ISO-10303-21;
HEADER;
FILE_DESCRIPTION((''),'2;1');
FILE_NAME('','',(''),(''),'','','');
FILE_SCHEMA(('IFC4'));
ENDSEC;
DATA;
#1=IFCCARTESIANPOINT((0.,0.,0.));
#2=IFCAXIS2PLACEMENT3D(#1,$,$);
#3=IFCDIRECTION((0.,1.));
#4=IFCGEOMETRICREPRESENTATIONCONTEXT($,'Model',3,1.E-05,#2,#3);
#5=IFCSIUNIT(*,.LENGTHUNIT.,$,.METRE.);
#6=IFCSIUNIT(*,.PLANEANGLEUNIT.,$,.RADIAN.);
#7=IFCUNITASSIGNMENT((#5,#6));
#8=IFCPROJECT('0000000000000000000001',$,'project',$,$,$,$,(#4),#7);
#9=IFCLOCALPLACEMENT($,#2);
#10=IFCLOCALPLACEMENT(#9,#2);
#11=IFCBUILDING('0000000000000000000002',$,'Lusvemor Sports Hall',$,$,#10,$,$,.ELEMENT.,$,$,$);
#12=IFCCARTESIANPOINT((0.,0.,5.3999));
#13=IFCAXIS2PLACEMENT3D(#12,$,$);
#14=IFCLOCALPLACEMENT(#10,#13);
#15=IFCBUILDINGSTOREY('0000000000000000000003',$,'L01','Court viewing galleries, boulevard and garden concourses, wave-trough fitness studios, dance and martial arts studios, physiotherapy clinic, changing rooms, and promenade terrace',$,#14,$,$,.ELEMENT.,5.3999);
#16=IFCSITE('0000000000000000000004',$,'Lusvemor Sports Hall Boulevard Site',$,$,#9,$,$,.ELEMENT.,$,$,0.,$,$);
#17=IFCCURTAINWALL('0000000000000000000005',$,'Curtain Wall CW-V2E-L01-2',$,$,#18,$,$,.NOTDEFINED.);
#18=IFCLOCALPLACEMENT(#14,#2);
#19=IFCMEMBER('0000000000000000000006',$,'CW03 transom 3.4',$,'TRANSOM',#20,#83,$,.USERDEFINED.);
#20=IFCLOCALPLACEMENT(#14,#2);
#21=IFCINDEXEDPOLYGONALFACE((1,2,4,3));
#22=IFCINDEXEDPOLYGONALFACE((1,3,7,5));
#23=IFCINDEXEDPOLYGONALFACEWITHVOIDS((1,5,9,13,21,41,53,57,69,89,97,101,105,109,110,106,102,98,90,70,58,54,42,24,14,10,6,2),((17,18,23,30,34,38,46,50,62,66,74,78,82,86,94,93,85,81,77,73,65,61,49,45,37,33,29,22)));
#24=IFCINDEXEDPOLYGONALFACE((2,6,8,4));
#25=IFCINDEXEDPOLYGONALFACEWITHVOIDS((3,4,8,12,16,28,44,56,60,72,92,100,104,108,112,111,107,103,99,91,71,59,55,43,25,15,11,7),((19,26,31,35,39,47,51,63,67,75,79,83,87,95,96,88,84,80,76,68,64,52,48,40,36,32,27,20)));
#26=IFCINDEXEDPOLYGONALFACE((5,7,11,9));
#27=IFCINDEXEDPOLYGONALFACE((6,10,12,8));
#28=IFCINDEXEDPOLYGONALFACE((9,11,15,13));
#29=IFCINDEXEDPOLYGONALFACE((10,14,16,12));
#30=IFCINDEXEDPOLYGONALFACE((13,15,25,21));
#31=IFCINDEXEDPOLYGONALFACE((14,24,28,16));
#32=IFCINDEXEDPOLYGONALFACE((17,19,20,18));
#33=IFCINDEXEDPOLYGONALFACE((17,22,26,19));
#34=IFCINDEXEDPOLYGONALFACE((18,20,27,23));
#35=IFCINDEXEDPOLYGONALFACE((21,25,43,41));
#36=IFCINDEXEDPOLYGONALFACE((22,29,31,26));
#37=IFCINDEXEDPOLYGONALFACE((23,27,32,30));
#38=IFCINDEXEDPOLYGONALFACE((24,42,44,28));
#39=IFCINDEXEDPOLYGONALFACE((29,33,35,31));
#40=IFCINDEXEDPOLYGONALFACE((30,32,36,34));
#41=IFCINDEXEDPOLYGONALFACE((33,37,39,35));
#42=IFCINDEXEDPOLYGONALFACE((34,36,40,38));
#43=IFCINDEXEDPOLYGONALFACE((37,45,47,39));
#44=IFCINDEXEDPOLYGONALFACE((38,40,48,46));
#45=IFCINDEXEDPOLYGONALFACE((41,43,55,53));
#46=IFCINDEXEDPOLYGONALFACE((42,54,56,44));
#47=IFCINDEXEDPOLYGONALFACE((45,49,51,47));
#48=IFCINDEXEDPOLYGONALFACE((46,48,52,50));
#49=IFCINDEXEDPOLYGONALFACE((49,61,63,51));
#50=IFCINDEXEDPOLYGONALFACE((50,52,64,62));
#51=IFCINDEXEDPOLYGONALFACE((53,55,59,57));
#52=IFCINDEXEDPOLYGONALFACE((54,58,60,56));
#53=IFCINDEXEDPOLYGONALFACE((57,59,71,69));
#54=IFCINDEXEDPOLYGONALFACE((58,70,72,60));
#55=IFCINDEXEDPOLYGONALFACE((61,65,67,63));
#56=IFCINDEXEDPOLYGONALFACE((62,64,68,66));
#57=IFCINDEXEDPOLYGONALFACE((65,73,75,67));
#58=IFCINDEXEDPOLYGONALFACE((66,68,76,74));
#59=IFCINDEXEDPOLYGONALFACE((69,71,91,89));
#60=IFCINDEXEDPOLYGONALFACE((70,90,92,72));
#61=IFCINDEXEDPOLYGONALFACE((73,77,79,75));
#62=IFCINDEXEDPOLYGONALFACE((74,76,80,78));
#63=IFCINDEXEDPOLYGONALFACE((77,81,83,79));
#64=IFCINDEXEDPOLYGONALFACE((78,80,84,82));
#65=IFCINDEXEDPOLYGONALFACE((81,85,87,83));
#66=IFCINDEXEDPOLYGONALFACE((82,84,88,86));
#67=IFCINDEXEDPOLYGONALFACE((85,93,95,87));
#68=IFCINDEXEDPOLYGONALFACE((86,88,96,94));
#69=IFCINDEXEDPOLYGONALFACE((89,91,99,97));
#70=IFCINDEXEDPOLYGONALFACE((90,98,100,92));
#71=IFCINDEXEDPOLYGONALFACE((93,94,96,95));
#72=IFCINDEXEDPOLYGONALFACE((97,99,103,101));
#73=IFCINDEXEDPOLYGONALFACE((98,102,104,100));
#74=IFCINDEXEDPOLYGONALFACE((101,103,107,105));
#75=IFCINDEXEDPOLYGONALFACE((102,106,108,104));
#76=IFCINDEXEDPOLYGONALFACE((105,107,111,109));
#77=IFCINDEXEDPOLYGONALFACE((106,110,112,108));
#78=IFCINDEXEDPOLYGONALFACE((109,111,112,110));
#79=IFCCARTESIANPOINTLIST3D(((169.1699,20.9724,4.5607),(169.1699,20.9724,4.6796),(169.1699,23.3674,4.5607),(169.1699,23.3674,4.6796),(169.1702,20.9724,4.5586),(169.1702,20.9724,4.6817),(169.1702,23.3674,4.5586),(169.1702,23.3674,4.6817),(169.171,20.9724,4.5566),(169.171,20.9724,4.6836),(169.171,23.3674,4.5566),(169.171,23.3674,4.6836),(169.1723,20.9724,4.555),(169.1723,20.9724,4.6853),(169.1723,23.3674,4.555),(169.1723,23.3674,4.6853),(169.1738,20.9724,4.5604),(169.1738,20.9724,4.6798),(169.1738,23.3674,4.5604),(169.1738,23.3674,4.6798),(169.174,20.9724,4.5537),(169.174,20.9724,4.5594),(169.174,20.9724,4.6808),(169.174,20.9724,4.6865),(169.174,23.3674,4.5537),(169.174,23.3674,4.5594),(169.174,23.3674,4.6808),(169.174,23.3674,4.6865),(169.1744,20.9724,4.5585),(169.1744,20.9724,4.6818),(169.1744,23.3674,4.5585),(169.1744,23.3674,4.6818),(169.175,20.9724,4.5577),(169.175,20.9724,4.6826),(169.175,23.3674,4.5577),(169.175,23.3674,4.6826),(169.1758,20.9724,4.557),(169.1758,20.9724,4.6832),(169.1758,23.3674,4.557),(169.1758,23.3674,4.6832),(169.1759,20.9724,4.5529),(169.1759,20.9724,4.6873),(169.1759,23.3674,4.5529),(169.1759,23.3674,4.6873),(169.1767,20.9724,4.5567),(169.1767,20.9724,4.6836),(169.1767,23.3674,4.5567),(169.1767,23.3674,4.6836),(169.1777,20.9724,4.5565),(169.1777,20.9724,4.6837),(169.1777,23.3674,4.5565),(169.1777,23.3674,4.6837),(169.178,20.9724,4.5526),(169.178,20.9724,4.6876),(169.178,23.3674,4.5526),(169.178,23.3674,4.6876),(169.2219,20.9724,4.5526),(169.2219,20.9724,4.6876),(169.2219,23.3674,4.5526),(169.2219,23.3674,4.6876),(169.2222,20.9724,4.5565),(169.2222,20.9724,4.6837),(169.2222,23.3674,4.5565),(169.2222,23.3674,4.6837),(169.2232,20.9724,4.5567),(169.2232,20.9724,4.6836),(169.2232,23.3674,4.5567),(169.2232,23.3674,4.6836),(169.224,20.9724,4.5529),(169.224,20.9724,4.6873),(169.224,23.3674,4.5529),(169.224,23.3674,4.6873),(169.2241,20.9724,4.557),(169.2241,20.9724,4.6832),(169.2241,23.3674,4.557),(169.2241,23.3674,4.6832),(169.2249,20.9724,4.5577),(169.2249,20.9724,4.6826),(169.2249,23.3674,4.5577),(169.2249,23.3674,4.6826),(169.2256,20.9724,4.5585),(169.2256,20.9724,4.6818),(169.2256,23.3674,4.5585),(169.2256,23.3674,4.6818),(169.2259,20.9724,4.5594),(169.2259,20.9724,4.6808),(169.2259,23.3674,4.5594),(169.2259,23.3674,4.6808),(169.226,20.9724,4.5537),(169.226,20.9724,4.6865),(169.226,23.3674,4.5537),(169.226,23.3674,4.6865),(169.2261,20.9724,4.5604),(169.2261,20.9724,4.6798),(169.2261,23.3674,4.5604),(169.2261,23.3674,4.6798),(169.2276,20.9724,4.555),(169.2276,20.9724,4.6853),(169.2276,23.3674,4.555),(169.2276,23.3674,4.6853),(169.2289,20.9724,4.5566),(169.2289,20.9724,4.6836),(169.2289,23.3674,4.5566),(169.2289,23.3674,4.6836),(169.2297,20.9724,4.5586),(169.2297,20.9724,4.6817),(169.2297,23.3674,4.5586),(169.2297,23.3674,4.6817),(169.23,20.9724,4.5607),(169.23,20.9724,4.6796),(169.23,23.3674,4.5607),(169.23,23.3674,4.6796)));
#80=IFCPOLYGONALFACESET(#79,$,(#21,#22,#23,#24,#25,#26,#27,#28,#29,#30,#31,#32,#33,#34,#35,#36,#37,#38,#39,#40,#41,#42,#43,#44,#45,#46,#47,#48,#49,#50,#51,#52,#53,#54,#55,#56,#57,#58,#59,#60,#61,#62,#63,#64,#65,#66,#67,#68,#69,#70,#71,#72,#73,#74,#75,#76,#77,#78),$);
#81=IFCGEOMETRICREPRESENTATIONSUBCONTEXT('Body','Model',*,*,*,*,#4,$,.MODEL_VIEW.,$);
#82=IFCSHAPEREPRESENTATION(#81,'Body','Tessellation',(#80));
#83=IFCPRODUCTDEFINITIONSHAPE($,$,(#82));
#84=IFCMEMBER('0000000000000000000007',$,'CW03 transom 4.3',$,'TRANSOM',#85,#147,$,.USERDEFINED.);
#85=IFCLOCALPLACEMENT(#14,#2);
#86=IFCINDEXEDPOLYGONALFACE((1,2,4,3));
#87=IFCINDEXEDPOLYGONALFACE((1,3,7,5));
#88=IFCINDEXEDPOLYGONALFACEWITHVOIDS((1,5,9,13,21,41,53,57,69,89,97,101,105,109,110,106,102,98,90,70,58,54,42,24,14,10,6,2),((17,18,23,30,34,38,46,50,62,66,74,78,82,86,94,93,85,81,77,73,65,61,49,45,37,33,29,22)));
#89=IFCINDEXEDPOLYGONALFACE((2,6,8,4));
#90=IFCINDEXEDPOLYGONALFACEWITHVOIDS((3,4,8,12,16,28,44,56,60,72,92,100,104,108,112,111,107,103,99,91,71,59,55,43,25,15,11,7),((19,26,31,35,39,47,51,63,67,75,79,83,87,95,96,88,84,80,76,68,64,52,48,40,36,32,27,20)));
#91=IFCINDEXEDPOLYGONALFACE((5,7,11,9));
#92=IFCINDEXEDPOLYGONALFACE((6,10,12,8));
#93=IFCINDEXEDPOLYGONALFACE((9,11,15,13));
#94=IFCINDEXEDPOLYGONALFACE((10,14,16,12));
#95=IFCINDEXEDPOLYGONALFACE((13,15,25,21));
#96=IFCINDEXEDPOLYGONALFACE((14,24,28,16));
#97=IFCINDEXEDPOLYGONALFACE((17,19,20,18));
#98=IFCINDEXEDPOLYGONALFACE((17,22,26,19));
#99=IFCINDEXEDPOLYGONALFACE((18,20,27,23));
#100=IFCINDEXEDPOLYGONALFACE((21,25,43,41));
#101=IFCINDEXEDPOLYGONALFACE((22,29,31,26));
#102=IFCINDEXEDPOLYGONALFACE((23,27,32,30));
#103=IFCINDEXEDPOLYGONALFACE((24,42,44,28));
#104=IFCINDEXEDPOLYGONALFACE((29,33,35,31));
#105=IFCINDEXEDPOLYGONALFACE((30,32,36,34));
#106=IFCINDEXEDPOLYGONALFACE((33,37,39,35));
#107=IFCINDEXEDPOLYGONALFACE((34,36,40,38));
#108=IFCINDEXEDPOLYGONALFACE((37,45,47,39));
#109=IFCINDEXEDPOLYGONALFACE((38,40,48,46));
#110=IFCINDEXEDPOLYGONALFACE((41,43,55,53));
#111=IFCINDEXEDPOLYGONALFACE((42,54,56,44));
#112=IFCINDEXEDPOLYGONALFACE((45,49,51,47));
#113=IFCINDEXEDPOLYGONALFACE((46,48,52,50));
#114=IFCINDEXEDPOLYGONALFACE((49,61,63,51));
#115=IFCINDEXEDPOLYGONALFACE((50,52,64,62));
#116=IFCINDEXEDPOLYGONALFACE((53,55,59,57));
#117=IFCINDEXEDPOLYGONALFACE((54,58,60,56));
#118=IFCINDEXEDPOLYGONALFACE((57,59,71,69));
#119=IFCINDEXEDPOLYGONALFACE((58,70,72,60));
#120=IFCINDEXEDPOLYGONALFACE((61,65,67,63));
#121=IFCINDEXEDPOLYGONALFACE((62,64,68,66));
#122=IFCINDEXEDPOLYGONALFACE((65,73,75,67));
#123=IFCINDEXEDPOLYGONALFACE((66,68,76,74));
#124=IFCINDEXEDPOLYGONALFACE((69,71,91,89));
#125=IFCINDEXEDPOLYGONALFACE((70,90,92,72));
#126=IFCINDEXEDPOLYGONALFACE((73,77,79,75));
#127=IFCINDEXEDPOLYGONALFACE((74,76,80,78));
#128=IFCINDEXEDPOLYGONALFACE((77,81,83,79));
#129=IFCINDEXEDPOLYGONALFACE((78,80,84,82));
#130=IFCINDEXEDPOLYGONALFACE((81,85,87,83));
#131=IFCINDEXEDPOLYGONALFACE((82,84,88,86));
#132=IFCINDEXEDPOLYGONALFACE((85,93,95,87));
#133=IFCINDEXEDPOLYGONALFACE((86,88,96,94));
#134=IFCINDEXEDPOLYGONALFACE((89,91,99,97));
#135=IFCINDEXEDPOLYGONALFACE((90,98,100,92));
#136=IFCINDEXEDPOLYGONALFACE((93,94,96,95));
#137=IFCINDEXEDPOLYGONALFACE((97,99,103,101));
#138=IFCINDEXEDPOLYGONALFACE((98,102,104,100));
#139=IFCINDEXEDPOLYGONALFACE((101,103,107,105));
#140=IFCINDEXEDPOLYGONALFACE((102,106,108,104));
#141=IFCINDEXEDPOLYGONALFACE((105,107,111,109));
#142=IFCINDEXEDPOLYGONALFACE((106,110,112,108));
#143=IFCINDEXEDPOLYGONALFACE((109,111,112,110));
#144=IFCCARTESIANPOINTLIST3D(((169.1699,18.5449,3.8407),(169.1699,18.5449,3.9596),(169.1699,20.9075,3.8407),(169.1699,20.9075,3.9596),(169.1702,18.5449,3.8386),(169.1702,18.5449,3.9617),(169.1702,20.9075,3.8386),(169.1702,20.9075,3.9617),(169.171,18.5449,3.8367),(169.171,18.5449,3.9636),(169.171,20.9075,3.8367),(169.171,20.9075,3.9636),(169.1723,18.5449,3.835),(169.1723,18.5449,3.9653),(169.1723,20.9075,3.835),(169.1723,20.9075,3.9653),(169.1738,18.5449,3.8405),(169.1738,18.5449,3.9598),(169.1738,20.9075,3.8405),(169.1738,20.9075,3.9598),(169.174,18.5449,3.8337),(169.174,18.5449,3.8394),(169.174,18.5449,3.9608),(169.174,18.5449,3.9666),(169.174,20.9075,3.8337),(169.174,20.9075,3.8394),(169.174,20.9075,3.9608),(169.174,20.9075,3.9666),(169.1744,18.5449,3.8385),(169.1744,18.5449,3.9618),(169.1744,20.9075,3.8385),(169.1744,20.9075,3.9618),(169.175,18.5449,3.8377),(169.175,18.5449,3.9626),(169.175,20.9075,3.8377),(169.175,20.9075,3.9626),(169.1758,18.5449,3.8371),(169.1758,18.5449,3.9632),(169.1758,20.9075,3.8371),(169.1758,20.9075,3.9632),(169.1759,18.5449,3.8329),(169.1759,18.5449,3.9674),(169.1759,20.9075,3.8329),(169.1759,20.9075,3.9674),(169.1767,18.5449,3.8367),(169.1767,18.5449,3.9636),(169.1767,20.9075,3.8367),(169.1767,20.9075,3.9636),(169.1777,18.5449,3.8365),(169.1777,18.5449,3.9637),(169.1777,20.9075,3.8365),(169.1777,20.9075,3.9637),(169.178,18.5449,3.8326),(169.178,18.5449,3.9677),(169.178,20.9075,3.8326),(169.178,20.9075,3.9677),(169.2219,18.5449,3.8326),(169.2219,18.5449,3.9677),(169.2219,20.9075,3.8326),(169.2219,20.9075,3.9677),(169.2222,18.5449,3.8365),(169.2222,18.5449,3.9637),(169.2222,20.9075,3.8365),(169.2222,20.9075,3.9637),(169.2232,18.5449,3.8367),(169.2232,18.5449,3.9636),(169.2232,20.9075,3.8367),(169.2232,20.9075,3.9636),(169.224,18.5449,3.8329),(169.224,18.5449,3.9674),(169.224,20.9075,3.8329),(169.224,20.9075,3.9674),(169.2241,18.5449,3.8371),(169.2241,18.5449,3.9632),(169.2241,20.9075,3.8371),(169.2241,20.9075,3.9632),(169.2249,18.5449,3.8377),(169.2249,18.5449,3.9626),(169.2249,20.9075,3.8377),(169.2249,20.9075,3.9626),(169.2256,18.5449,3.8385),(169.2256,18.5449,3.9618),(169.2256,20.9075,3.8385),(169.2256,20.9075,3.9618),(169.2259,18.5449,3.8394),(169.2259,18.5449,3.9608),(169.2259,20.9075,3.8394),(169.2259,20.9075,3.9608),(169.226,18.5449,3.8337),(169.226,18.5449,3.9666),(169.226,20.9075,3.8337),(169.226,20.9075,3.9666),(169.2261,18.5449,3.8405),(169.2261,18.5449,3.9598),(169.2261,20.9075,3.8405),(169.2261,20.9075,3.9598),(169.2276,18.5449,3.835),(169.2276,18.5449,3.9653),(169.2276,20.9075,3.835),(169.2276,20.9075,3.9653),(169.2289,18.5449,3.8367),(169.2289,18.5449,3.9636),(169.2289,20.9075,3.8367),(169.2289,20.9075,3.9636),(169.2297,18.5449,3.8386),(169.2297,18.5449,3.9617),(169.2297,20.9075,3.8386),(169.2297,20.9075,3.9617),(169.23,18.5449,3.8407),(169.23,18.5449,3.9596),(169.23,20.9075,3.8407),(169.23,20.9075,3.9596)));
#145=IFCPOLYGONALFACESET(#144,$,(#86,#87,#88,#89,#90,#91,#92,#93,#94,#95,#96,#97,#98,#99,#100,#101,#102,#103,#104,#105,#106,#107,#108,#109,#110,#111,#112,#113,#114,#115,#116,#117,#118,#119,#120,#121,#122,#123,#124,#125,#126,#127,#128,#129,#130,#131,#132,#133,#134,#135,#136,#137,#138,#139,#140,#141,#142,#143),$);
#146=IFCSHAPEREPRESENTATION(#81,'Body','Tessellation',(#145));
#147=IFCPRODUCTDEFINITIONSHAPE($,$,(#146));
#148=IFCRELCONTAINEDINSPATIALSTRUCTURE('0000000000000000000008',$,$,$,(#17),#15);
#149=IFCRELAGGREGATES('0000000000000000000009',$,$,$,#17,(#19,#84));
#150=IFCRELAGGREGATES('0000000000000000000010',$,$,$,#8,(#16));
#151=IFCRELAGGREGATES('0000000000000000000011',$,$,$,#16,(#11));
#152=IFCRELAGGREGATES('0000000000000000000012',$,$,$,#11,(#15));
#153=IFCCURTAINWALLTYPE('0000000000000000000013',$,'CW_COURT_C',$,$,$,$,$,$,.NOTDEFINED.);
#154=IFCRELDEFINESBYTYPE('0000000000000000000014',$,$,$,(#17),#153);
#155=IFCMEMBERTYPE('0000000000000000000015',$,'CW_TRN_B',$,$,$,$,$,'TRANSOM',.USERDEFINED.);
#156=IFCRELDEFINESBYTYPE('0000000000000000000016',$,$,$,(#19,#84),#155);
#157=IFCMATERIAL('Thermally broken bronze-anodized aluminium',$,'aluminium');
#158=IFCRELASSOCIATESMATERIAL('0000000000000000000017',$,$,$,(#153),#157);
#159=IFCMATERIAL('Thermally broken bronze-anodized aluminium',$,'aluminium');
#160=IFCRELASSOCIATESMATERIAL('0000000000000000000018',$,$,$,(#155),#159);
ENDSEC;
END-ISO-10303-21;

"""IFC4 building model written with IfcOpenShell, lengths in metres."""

from ifc_helpers import new_model, si_unit, direction, frame, origin, origin_2d, place, context, subcontext, project, spatial, hollow_rectangle, extrude, material, material_profile, profile_set, type_object, element, aggregate, save


model = new_model("IFC4")

# Units and contexts
model_context = context("Model", 3, precision=1e-05, world=origin(), true_north=direction((0.0, 1.0)))
body_context = subcontext(model_context, "Body", "Model", "MODEL_VIEW")
ifc_project = project(units=[si_unit("LENGTHUNIT", "METRE"), si_unit("PLANEANGLEUNIT", "RADIAN")], contexts=[model_context])

# Site, building, storey
site_placement = place(None, origin())
site = spatial("IfcSite", under=ifc_project, at=site_placement, Name="Lusvemor Sports Hall Boulevard Site", CompositionType="ELEMENT", RefElevation=0.0)
building_placement = place(site_placement, origin())
building = spatial("IfcBuilding", under=site, at=building_placement, Name="Lusvemor Sports Hall", CompositionType="ELEMENT")
storey_placement = place(building_placement, frame((0.0, 0.0, 5.3999)))
storey = spatial("IfcBuildingStorey", under=building, at=storey_placement, Name="L01", Description="Court viewing galleries, boulevard and garden concourses, wave-trough fitness studios, dance and martial arts studios, physiotherapy clinic, changing rooms, and promenade terrace", CompositionType="ELEMENT", Elevation=5.3999)

# Curtain wall, members
ifc_material_1 = material(Name="Thermally broken bronze-anodized aluminium", Category="aluminium")
curtain_wall_type = type_object("IfcCurtainWallType", Name="CW_COURT_C", PredefinedType="NOTDEFINED", material=ifc_material_1)
curtain_wall_placement = place(storey_placement, origin())
curtain_wall = element("IfcCurtainWall", 1, at=curtain_wall_placement, inside=storey, type_object=curtain_wall_type, Name="Curtain Wall CW-V2E-L01-2", PredefinedType="NOTDEFINED")
ifc_material_2 = material(Name="Thermally broken bronze-anodized aluminium", Category="aluminium")
ifc_material_profile_1 = material_profile(ifc_material_2, hollow_rectangle(XDim=0.0601, YDim=0.135, WallThickness=0.0039, InnerFilletRadius=0.0039, OuterFilletRadius=0.0081, at=origin_2d()), Name="CWTRN135x60x4")
ifc_profile_set_1 = profile_set([ifc_material_profile_1], Name="Thermally broken bronze-anodized aluminium")
member_type_1 = type_object("IfcMemberType", Name="CW_TRN_B", ElementType="TRANSOM", PredefinedType="USERDEFINED", material=ifc_profile_set_1)
member_1_placement = place(storey_placement, frame((169.2, 23.3674, 4.6201), z_axis=(0.0, -1.0, 0.0), x_axis=(1.0, 0.0, 0.0)))
member_1 = element("IfcMember", 2, at=member_1_placement, type_object=member_type_1, Name="CW03 transom 3.4", ObjectType="TRANSOM", PredefinedType="USERDEFINED", context=body_context, shape_type="SweptSolid", body=[
    extrude(hollow_rectangle(XDim=0.0601, YDim=0.135, WallThickness=0.0039, InnerFilletRadius=0.0039, OuterFilletRadius=0.0081, at=origin_2d()), origin(), (0.0, 0.0, 1.0), 2.395),
])
member_2_placement = place(storey_placement, frame((169.2, 20.9075, 3.9001), z_axis=(0.0, -1.0, 0.0), x_axis=(1.0, 0.0, 0.0)))
member_2 = element("IfcMember", 3, at=member_2_placement, type_object=member_type_1, Name="CW03 transom 4.3", ObjectType="TRANSOM", PredefinedType="USERDEFINED", context=body_context, shape_type="SweptSolid", body=[
    extrude(hollow_rectangle(XDim=0.0601, YDim=0.135, WallThickness=0.0039, InnerFilletRadius=0.0039, OuterFilletRadius=0.0081, at=origin_2d()), origin(), (0.0, 0.0, 1.0), 2.3625),
])
aggregate(curtain_wall, [member_1, member_2])

save(model, "model.ifc")
